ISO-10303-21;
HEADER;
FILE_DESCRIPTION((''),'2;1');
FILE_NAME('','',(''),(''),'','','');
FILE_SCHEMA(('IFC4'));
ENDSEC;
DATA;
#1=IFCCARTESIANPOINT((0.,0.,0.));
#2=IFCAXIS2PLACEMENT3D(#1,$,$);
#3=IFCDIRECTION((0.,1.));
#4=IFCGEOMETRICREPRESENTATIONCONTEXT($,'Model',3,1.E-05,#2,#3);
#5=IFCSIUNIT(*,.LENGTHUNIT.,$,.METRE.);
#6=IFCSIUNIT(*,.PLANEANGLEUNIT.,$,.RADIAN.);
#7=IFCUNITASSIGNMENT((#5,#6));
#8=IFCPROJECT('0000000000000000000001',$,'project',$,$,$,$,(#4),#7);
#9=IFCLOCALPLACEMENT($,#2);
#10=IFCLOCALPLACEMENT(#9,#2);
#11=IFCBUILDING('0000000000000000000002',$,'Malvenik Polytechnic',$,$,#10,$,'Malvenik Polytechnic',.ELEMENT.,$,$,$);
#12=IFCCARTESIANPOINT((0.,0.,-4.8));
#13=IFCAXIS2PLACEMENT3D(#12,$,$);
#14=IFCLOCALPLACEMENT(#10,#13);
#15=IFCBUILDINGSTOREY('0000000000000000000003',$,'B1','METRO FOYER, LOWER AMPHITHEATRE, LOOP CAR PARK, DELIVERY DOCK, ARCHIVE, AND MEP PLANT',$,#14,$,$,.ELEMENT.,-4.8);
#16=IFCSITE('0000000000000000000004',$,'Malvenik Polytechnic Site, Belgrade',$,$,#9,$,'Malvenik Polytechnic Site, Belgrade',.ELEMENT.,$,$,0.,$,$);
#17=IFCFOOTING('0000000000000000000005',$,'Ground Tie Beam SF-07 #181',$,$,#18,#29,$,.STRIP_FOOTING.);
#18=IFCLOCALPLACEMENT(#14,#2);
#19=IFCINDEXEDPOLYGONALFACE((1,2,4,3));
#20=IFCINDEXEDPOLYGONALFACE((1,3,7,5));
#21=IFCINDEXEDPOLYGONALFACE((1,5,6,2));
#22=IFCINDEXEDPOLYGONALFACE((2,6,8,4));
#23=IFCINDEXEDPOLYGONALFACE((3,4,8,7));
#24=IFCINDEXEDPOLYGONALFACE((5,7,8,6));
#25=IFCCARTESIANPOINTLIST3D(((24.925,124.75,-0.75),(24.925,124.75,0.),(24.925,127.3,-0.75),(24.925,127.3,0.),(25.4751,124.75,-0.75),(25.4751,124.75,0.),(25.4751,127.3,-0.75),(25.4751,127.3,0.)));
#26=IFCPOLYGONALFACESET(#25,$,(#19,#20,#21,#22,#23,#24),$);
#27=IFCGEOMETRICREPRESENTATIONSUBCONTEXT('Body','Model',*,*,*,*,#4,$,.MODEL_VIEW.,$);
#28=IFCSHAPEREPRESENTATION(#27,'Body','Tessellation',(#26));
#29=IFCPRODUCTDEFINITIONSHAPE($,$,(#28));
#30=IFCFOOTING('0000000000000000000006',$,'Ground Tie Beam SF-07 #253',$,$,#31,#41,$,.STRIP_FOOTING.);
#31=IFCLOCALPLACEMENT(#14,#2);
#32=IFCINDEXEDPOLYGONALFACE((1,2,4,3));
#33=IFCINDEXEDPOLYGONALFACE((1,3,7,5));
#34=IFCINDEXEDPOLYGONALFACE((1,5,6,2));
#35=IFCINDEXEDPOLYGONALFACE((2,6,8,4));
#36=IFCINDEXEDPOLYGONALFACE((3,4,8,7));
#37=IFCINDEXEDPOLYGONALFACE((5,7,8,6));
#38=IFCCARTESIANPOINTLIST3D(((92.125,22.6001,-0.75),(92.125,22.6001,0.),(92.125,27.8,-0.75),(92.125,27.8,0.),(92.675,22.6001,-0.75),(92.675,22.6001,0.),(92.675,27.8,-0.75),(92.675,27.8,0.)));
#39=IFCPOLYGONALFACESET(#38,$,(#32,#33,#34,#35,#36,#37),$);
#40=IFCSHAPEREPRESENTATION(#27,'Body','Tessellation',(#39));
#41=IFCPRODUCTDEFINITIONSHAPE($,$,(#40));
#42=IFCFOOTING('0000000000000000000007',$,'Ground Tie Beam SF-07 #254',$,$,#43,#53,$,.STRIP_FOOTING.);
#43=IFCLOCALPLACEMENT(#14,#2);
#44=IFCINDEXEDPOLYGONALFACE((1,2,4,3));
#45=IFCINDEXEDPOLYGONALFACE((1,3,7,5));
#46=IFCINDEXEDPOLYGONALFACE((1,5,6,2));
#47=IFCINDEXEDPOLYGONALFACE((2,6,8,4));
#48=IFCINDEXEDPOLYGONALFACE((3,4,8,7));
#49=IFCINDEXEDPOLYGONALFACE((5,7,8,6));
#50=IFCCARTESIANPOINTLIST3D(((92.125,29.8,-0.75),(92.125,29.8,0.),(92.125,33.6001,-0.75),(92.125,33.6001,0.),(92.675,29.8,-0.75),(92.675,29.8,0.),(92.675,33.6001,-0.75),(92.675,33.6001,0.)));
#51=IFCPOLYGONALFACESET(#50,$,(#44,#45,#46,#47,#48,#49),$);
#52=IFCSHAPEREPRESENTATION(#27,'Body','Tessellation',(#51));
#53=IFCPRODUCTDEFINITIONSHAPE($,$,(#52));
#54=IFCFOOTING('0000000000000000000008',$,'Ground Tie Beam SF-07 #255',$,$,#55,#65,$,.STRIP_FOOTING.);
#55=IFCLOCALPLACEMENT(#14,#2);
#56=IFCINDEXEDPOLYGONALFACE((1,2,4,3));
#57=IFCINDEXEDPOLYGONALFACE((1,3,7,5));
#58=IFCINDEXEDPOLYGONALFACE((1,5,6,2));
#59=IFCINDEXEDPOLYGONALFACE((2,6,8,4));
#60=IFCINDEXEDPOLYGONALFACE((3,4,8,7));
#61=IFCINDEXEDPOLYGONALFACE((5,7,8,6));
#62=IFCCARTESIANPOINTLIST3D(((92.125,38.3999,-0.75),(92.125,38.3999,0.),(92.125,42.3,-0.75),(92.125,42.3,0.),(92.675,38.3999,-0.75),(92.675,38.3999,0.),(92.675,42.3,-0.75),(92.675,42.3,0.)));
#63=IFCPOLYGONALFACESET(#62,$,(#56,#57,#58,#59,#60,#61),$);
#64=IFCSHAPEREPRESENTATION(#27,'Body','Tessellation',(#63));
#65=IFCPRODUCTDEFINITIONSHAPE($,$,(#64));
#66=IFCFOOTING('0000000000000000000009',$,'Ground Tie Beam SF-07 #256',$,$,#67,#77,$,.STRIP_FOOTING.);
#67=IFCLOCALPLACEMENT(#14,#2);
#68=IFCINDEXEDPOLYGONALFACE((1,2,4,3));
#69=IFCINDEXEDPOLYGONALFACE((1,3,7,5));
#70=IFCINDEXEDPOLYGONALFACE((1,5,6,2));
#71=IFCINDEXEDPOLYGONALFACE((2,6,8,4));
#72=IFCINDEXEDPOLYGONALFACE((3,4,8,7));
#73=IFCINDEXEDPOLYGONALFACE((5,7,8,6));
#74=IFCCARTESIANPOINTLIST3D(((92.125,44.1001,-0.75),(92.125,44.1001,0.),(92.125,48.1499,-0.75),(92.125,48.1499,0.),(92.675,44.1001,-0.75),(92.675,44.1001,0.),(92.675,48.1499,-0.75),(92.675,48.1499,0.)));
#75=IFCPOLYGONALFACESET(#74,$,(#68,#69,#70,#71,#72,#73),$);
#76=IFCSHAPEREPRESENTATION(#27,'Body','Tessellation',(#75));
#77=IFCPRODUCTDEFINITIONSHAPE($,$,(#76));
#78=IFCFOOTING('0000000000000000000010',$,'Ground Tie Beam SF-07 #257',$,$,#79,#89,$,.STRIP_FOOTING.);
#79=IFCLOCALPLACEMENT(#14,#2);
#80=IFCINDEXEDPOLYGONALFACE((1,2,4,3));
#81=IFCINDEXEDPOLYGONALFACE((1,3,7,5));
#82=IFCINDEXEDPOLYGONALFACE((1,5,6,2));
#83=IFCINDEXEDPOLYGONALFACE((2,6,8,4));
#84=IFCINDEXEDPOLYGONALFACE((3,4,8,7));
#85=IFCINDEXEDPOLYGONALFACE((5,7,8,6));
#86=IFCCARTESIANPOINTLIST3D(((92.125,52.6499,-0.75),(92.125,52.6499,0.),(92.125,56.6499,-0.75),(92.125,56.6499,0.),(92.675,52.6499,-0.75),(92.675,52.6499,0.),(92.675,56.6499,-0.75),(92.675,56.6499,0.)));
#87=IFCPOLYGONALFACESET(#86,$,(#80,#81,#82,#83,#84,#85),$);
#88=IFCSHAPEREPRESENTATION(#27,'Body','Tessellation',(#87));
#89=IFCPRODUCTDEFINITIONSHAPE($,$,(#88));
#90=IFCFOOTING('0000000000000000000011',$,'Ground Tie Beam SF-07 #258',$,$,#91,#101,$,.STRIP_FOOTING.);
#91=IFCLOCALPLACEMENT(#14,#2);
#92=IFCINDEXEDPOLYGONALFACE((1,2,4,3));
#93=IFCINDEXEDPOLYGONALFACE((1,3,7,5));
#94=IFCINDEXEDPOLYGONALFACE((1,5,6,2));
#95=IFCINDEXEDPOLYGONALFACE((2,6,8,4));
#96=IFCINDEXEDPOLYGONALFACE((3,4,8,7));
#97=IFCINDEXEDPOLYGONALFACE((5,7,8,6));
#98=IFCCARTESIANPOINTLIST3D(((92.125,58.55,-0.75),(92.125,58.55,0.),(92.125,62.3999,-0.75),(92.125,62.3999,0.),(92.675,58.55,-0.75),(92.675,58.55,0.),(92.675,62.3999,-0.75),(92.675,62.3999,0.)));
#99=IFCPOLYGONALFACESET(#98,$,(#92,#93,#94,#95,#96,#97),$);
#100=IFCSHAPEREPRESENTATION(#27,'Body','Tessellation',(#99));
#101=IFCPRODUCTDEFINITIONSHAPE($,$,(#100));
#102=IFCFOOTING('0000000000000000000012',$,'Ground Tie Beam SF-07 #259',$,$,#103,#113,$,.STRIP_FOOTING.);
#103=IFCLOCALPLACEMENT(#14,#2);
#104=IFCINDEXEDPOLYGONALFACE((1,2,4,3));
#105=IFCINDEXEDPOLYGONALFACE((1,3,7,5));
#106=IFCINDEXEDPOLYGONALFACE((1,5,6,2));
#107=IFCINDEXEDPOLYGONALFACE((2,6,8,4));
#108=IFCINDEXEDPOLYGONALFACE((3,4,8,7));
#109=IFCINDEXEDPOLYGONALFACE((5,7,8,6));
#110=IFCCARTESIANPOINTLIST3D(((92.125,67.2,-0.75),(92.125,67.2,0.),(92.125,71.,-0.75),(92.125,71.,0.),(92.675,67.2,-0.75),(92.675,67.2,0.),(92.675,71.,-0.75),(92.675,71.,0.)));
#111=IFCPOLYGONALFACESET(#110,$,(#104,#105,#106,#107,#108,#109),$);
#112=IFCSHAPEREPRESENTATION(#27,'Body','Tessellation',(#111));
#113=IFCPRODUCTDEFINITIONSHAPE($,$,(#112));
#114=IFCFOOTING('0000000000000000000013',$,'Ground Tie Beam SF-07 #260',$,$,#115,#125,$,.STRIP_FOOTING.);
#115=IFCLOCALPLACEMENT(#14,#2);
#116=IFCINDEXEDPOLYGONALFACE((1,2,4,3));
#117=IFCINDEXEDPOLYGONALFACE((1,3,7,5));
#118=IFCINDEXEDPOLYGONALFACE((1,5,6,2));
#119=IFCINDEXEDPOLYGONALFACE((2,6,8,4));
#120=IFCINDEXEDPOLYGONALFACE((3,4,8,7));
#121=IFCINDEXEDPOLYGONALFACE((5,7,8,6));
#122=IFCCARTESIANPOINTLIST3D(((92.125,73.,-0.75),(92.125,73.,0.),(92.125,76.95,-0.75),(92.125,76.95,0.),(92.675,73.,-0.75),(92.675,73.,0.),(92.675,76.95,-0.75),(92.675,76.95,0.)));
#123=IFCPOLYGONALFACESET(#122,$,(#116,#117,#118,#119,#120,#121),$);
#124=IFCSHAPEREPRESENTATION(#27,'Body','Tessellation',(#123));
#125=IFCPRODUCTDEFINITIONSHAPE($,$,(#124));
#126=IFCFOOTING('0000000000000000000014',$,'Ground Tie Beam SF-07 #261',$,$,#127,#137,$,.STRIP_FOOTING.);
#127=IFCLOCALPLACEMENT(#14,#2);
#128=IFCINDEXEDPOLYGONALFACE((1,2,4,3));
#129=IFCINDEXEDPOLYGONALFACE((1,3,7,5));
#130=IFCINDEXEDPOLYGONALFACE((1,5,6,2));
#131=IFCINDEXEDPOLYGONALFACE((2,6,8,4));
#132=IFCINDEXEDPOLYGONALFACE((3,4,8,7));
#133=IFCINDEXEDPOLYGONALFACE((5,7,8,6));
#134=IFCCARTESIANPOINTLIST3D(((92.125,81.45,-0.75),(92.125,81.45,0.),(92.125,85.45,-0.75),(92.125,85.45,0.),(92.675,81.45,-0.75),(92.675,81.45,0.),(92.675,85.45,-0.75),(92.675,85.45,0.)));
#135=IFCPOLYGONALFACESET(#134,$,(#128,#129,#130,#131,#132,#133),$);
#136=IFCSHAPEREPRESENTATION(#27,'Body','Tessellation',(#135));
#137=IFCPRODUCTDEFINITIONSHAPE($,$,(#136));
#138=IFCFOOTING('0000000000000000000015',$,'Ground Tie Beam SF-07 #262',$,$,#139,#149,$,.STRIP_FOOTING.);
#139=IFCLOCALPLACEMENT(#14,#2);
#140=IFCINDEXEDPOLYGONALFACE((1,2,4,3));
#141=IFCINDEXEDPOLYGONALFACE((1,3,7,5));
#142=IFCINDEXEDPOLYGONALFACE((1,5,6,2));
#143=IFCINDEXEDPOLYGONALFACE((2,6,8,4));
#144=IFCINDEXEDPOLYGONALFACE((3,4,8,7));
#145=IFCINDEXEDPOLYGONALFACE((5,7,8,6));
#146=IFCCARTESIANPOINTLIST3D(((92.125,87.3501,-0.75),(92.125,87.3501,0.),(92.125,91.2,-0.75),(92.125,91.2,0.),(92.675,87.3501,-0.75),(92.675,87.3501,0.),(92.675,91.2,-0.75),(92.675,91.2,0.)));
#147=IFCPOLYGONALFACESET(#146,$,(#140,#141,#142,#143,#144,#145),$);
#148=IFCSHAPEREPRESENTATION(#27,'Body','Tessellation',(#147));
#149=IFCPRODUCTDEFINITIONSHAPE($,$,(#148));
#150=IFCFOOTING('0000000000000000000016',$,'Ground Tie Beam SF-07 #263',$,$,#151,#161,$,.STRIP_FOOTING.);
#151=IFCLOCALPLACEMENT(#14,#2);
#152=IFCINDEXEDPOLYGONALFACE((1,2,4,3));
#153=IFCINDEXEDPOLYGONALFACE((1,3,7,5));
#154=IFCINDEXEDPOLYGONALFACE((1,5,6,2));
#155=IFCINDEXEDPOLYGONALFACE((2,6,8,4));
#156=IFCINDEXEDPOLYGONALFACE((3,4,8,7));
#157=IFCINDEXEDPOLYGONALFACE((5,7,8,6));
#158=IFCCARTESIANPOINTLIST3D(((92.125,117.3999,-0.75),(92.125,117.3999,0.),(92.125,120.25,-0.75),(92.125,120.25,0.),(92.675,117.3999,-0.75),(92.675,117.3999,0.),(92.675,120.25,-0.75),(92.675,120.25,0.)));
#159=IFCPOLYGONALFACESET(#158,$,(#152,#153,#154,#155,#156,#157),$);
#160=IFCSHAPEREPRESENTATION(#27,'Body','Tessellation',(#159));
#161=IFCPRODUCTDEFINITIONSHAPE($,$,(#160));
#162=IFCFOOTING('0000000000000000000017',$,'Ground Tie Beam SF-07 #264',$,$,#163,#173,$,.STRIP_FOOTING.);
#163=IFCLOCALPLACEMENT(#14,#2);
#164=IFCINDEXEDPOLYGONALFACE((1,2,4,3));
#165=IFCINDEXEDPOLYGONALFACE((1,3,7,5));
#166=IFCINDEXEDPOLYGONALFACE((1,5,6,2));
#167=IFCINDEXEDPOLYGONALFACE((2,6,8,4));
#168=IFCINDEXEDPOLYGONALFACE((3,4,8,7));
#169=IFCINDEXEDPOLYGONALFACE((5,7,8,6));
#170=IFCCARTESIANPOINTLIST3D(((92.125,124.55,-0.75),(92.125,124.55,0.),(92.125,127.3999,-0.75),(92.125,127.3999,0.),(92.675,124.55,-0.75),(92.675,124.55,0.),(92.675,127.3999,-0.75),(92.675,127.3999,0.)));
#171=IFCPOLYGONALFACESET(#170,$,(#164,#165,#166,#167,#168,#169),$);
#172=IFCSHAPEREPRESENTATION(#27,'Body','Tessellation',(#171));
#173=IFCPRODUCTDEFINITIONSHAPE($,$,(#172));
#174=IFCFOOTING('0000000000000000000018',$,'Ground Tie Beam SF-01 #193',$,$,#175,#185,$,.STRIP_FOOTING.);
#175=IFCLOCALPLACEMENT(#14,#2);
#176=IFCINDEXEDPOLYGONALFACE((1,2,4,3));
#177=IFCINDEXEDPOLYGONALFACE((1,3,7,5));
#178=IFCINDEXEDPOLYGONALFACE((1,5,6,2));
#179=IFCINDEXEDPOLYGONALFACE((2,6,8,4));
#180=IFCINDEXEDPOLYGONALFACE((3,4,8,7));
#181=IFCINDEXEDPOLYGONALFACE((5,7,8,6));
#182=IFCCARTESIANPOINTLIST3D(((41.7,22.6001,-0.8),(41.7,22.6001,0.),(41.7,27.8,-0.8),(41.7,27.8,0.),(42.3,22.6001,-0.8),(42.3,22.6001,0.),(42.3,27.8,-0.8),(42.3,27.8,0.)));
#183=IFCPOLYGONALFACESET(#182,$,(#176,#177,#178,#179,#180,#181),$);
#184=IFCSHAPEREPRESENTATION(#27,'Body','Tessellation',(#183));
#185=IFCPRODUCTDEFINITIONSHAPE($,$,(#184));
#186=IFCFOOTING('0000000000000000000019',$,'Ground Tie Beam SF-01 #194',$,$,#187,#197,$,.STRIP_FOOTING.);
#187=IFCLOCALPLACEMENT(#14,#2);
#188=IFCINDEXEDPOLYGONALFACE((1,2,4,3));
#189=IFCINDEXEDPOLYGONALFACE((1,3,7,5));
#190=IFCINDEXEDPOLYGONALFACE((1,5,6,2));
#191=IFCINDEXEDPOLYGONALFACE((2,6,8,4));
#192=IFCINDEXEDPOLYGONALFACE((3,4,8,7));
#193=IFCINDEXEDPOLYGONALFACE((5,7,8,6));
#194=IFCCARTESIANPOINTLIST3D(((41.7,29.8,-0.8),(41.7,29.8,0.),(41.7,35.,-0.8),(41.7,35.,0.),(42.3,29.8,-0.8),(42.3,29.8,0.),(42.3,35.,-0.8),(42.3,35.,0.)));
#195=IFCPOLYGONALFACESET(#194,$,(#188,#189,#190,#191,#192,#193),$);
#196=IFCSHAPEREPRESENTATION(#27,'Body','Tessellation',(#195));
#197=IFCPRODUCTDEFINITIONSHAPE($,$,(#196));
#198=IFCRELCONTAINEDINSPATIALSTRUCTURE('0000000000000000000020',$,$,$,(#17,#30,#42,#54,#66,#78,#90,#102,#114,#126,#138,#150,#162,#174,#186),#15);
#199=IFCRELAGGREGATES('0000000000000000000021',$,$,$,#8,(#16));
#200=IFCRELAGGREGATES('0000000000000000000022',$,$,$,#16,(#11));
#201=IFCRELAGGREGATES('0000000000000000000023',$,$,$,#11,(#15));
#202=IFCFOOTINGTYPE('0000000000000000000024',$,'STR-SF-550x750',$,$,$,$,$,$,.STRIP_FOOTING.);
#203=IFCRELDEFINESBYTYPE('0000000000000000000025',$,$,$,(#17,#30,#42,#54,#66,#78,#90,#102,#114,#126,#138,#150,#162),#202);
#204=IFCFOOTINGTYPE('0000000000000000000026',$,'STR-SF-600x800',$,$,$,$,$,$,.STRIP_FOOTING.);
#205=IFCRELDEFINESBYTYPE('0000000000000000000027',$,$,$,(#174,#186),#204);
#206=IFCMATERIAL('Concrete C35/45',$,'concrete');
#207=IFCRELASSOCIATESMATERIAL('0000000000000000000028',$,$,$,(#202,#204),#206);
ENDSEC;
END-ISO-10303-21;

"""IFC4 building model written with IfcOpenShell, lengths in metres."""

from ifc_helpers import new_model, si_unit, direction, frame, origin, place, context, subcontext, project, spatial, polyline, outline, extrude, material, type_object, element, save


model = new_model("IFC4")

# Units and contexts
model_context = context("Model", 3, precision=1e-05, world=origin(), true_north=direction((0.0, 1.0)))
body_context = subcontext(model_context, "Body", "Model", "MODEL_VIEW")
ifc_project = project(units=[si_unit("LENGTHUNIT", "METRE"), si_unit("PLANEANGLEUNIT", "RADIAN")], contexts=[model_context])

# Site, building, storey
site_placement = place(None, origin())
site = spatial("IfcSite", under=ifc_project, at=site_placement, Name="Malvenik Polytechnic Site, Belgrade", LongName="Malvenik Polytechnic Site, Belgrade", CompositionType="ELEMENT", RefElevation=0.0)
building_placement = place(site_placement, origin())
building = spatial("IfcBuilding", under=site, at=building_placement, Name="Malvenik Polytechnic", LongName="Malvenik Polytechnic", CompositionType="ELEMENT")
storey_placement = place(building_placement, frame((0.0, 0.0, -4.8)))
storey = spatial("IfcBuildingStorey", under=building, at=storey_placement, Name="B1", Description="METRO FOYER, LOWER AMPHITHEATRE, LOOP CAR PARK, DELIVERY DOCK, ARCHIVE, AND MEP PLANT", CompositionType="ELEMENT", Elevation=-4.8)

# Footings
ifc_material = material(Name="Concrete C35/45", Category="concrete")
footing_type_1 = type_object("IfcFootingType", Name="STR-SF-550x750", PredefinedType="STRIP_FOOTING", material=ifc_material)
footing_1_placement = place(storey_placement, frame((0.0, 0.0, -0.75)))
element("IfcFooting", 1, at=footing_1_placement, inside=storey, type_object=footing_type_1, Name="Ground Tie Beam SF-07 #181", PredefinedType="STRIP_FOOTING", context=body_context, shape_type="SweptSolid", body=[
    extrude(outline(polyline([(24.925, 124.75), (25.4751, 124.75), (25.4751, 127.3), (24.925, 127.3), (24.925, 124.75)])), origin(), (0.0, 0.0, 1.0), 0.75),
])
footing_2_placement = place(storey_placement, frame((0.0, 0.0, -0.75)))
element("IfcFooting", 2, at=footing_2_placement, inside=storey, type_object=footing_type_1, Name="Ground Tie Beam SF-07 #253", PredefinedType="STRIP_FOOTING", context=body_context, shape_type="SweptSolid", body=[
    extrude(outline(polyline([(92.125, 22.6001), (92.675, 22.6001), (92.675, 27.8), (92.125, 27.8), (92.125, 22.6001)])), origin(), (0.0, 0.0, 1.0), 0.75),
])
footing_3_placement = place(storey_placement, frame((0.0, 0.0, -0.75)))
element("IfcFooting", 3, at=footing_3_placement, inside=storey, type_object=footing_type_1, Name="Ground Tie Beam SF-07 #254", PredefinedType="STRIP_FOOTING", context=body_context, shape_type="SweptSolid", body=[
    extrude(outline(polyline([(92.125, 29.8), (92.675, 29.8), (92.675, 33.6001), (92.125, 33.6001), (92.125, 29.8)])), origin(), (0.0, 0.0, 1.0), 0.75),
])
footing_4_placement = place(storey_placement, frame((0.0, 0.0, -0.75)))
element("IfcFooting", 4, at=footing_4_placement, inside=storey, type_object=footing_type_1, Name="Ground Tie Beam SF-07 #255", PredefinedType="STRIP_FOOTING", context=body_context, shape_type="SweptSolid", body=[
    extrude(outline(polyline([(92.125, 38.3999), (92.675, 38.3999), (92.675, 42.3), (92.125, 42.3), (92.125, 38.3999)])), origin(), (0.0, 0.0, 1.0), 0.75),
])
footing_5_placement = place(storey_placement, frame((0.0, 0.0, -0.75)))
element("IfcFooting", 5, at=footing_5_placement, inside=storey, type_object=footing_type_1, Name="Ground Tie Beam SF-07 #256", PredefinedType="STRIP_FOOTING", context=body_context, shape_type="SweptSolid", body=[
    extrude(outline(polyline([(92.125, 44.1001), (92.675, 44.1001), (92.675, 48.1499), (92.125, 48.1499), (92.125, 44.1001)])), origin(), (0.0, 0.0, 1.0), 0.75),
])
footing_6_placement = place(storey_placement, frame((0.0, 0.0, -0.75)))
element("IfcFooting", 6, at=footing_6_placement, inside=storey, type_object=footing_type_1, Name="Ground Tie Beam SF-07 #257", PredefinedType="STRIP_FOOTING", context=body_context, shape_type="SweptSolid", body=[
    extrude(outline(polyline([(92.125, 52.6499), (92.675, 52.6499), (92.675, 56.6499), (92.125, 56.6499), (92.125, 52.6499)])), origin(), (0.0, 0.0, 1.0), 0.75),
])
footing_7_placement = place(storey_placement, frame((0.0, 0.0, -0.75)))
element("IfcFooting", 7, at=footing_7_placement, inside=storey, type_object=footing_type_1, Name="Ground Tie Beam SF-07 #258", PredefinedType="STRIP_FOOTING", context=body_context, shape_type="SweptSolid", body=[
    extrude(outline(polyline([(92.125, 58.55), (92.675, 58.55), (92.675, 62.3999), (92.125, 62.3999), (92.125, 58.55)])), origin(), (0.0, 0.0, 1.0), 0.75),
])
footing_8_placement = place(storey_placement, frame((0.0, 0.0, -0.75)))
element("IfcFooting", 8, at=footing_8_placement, inside=storey, type_object=footing_type_1, Name="Ground Tie Beam SF-07 #259", PredefinedType="STRIP_FOOTING", context=body_context, shape_type="SweptSolid", body=[
    extrude(outline(polyline([(92.125, 67.2), (92.675, 67.2), (92.675, 71.0), (92.125, 71.0), (92.125, 67.2)])), origin(), (0.0, 0.0, 1.0), 0.75),
])
footing_9_placement = place(storey_placement, frame((0.0, 0.0, -0.75)))
element("IfcFooting", 9, at=footing_9_placement, inside=storey, type_object=footing_type_1, Name="Ground Tie Beam SF-07 #260", PredefinedType="STRIP_FOOTING", context=body_context, shape_type="SweptSolid", body=[
    extrude(outline(polyline([(92.125, 73.0), (92.675, 73.0), (92.675, 76.95), (92.125, 76.95), (92.125, 73.0)])), origin(), (0.0, 0.0, 1.0), 0.75),
])
footing_10_placement = place(storey_placement, frame((0.0, 0.0, -0.75)))
element("IfcFooting", 10, at=footing_10_placement, inside=storey, type_object=footing_type_1, Name="Ground Tie Beam SF-07 #261", PredefinedType="STRIP_FOOTING", context=body_context, shape_type="SweptSolid", body=[
    extrude(outline(polyline([(92.125, 81.45), (92.675, 81.45), (92.675, 85.45), (92.125, 85.45), (92.125, 81.45)])), origin(), (0.0, 0.0, 1.0), 0.75),
])
footing_11_placement = place(storey_placement, frame((0.0, 0.0, -0.75)))
element("IfcFooting", 11, at=footing_11_placement, inside=storey, type_object=footing_type_1, Name="Ground Tie Beam SF-07 #262", PredefinedType="STRIP_FOOTING", context=body_context, shape_type="SweptSolid", body=[
    extrude(outline(polyline([(92.125, 87.3501), (92.675, 87.3501), (92.675, 91.2), (92.125, 91.2), (92.125, 87.3501)])), origin(), (0.0, 0.0, 1.0), 0.75),
])
footing_12_placement = place(storey_placement, frame((0.0, 0.0, -0.75)))
element("IfcFooting", 12, at=footing_12_placement, inside=storey, type_object=footing_type_1, Name="Ground Tie Beam SF-07 #263", PredefinedType="STRIP_FOOTING", context=body_context, shape_type="SweptSolid", body=[
    extrude(outline(polyline([(92.125, 117.3999), (92.675, 117.3999), (92.675, 120.25), (92.125, 120.25), (92.125, 117.3999)])), origin(), (0.0, 0.0, 1.0), 0.75),
])
footing_13_placement = place(storey_placement, frame((0.0, 0.0, -0.75)))
element("IfcFooting", 13, at=footing_13_placement, inside=storey, type_object=footing_type_1, Name="Ground Tie Beam SF-07 #264", PredefinedType="STRIP_FOOTING", context=body_context, shape_type="SweptSolid", body=[
    extrude(outline(polyline([(92.125, 124.55), (92.675, 124.55), (92.675, 127.3999), (92.125, 127.3999), (92.125, 124.55)])), origin(), (0.0, 0.0, 1.0), 0.75),
])
footing_type_2 = type_object("IfcFootingType", Name="STR-SF-600x800", PredefinedType="STRIP_FOOTING", material=ifc_material)
footing_14_placement = place(storey_placement, frame((0.0, 0.0, -0.8)))
element("IfcFooting", 14, at=footing_14_placement, inside=storey, type_object=footing_type_2, Name="Ground Tie Beam SF-01 #193", PredefinedType="STRIP_FOOTING", context=body_context, shape_type="SweptSolid", body=[
    extrude(outline(polyline([(41.7, 22.6001), (42.3, 22.6001), (42.3, 27.8), (41.7, 27.8), (41.7, 22.6001)])), origin(), (0.0, 0.0, 1.0), 0.8),
])
footing_15_placement = place(storey_placement, frame((0.0, 0.0, -0.8)))
element("IfcFooting", 15, at=footing_15_placement, inside=storey, type_object=footing_type_2, Name="Ground Tie Beam SF-01 #194", PredefinedType="STRIP_FOOTING", context=body_context, shape_type="SweptSolid", body=[
    extrude(outline(polyline([(41.7, 29.8), (42.3, 29.8), (42.3, 35.0), (41.7, 35.0), (41.7, 29.8)])), origin(), (0.0, 0.0, 1.0), 0.8),
])

save(model, "model.ifc")
